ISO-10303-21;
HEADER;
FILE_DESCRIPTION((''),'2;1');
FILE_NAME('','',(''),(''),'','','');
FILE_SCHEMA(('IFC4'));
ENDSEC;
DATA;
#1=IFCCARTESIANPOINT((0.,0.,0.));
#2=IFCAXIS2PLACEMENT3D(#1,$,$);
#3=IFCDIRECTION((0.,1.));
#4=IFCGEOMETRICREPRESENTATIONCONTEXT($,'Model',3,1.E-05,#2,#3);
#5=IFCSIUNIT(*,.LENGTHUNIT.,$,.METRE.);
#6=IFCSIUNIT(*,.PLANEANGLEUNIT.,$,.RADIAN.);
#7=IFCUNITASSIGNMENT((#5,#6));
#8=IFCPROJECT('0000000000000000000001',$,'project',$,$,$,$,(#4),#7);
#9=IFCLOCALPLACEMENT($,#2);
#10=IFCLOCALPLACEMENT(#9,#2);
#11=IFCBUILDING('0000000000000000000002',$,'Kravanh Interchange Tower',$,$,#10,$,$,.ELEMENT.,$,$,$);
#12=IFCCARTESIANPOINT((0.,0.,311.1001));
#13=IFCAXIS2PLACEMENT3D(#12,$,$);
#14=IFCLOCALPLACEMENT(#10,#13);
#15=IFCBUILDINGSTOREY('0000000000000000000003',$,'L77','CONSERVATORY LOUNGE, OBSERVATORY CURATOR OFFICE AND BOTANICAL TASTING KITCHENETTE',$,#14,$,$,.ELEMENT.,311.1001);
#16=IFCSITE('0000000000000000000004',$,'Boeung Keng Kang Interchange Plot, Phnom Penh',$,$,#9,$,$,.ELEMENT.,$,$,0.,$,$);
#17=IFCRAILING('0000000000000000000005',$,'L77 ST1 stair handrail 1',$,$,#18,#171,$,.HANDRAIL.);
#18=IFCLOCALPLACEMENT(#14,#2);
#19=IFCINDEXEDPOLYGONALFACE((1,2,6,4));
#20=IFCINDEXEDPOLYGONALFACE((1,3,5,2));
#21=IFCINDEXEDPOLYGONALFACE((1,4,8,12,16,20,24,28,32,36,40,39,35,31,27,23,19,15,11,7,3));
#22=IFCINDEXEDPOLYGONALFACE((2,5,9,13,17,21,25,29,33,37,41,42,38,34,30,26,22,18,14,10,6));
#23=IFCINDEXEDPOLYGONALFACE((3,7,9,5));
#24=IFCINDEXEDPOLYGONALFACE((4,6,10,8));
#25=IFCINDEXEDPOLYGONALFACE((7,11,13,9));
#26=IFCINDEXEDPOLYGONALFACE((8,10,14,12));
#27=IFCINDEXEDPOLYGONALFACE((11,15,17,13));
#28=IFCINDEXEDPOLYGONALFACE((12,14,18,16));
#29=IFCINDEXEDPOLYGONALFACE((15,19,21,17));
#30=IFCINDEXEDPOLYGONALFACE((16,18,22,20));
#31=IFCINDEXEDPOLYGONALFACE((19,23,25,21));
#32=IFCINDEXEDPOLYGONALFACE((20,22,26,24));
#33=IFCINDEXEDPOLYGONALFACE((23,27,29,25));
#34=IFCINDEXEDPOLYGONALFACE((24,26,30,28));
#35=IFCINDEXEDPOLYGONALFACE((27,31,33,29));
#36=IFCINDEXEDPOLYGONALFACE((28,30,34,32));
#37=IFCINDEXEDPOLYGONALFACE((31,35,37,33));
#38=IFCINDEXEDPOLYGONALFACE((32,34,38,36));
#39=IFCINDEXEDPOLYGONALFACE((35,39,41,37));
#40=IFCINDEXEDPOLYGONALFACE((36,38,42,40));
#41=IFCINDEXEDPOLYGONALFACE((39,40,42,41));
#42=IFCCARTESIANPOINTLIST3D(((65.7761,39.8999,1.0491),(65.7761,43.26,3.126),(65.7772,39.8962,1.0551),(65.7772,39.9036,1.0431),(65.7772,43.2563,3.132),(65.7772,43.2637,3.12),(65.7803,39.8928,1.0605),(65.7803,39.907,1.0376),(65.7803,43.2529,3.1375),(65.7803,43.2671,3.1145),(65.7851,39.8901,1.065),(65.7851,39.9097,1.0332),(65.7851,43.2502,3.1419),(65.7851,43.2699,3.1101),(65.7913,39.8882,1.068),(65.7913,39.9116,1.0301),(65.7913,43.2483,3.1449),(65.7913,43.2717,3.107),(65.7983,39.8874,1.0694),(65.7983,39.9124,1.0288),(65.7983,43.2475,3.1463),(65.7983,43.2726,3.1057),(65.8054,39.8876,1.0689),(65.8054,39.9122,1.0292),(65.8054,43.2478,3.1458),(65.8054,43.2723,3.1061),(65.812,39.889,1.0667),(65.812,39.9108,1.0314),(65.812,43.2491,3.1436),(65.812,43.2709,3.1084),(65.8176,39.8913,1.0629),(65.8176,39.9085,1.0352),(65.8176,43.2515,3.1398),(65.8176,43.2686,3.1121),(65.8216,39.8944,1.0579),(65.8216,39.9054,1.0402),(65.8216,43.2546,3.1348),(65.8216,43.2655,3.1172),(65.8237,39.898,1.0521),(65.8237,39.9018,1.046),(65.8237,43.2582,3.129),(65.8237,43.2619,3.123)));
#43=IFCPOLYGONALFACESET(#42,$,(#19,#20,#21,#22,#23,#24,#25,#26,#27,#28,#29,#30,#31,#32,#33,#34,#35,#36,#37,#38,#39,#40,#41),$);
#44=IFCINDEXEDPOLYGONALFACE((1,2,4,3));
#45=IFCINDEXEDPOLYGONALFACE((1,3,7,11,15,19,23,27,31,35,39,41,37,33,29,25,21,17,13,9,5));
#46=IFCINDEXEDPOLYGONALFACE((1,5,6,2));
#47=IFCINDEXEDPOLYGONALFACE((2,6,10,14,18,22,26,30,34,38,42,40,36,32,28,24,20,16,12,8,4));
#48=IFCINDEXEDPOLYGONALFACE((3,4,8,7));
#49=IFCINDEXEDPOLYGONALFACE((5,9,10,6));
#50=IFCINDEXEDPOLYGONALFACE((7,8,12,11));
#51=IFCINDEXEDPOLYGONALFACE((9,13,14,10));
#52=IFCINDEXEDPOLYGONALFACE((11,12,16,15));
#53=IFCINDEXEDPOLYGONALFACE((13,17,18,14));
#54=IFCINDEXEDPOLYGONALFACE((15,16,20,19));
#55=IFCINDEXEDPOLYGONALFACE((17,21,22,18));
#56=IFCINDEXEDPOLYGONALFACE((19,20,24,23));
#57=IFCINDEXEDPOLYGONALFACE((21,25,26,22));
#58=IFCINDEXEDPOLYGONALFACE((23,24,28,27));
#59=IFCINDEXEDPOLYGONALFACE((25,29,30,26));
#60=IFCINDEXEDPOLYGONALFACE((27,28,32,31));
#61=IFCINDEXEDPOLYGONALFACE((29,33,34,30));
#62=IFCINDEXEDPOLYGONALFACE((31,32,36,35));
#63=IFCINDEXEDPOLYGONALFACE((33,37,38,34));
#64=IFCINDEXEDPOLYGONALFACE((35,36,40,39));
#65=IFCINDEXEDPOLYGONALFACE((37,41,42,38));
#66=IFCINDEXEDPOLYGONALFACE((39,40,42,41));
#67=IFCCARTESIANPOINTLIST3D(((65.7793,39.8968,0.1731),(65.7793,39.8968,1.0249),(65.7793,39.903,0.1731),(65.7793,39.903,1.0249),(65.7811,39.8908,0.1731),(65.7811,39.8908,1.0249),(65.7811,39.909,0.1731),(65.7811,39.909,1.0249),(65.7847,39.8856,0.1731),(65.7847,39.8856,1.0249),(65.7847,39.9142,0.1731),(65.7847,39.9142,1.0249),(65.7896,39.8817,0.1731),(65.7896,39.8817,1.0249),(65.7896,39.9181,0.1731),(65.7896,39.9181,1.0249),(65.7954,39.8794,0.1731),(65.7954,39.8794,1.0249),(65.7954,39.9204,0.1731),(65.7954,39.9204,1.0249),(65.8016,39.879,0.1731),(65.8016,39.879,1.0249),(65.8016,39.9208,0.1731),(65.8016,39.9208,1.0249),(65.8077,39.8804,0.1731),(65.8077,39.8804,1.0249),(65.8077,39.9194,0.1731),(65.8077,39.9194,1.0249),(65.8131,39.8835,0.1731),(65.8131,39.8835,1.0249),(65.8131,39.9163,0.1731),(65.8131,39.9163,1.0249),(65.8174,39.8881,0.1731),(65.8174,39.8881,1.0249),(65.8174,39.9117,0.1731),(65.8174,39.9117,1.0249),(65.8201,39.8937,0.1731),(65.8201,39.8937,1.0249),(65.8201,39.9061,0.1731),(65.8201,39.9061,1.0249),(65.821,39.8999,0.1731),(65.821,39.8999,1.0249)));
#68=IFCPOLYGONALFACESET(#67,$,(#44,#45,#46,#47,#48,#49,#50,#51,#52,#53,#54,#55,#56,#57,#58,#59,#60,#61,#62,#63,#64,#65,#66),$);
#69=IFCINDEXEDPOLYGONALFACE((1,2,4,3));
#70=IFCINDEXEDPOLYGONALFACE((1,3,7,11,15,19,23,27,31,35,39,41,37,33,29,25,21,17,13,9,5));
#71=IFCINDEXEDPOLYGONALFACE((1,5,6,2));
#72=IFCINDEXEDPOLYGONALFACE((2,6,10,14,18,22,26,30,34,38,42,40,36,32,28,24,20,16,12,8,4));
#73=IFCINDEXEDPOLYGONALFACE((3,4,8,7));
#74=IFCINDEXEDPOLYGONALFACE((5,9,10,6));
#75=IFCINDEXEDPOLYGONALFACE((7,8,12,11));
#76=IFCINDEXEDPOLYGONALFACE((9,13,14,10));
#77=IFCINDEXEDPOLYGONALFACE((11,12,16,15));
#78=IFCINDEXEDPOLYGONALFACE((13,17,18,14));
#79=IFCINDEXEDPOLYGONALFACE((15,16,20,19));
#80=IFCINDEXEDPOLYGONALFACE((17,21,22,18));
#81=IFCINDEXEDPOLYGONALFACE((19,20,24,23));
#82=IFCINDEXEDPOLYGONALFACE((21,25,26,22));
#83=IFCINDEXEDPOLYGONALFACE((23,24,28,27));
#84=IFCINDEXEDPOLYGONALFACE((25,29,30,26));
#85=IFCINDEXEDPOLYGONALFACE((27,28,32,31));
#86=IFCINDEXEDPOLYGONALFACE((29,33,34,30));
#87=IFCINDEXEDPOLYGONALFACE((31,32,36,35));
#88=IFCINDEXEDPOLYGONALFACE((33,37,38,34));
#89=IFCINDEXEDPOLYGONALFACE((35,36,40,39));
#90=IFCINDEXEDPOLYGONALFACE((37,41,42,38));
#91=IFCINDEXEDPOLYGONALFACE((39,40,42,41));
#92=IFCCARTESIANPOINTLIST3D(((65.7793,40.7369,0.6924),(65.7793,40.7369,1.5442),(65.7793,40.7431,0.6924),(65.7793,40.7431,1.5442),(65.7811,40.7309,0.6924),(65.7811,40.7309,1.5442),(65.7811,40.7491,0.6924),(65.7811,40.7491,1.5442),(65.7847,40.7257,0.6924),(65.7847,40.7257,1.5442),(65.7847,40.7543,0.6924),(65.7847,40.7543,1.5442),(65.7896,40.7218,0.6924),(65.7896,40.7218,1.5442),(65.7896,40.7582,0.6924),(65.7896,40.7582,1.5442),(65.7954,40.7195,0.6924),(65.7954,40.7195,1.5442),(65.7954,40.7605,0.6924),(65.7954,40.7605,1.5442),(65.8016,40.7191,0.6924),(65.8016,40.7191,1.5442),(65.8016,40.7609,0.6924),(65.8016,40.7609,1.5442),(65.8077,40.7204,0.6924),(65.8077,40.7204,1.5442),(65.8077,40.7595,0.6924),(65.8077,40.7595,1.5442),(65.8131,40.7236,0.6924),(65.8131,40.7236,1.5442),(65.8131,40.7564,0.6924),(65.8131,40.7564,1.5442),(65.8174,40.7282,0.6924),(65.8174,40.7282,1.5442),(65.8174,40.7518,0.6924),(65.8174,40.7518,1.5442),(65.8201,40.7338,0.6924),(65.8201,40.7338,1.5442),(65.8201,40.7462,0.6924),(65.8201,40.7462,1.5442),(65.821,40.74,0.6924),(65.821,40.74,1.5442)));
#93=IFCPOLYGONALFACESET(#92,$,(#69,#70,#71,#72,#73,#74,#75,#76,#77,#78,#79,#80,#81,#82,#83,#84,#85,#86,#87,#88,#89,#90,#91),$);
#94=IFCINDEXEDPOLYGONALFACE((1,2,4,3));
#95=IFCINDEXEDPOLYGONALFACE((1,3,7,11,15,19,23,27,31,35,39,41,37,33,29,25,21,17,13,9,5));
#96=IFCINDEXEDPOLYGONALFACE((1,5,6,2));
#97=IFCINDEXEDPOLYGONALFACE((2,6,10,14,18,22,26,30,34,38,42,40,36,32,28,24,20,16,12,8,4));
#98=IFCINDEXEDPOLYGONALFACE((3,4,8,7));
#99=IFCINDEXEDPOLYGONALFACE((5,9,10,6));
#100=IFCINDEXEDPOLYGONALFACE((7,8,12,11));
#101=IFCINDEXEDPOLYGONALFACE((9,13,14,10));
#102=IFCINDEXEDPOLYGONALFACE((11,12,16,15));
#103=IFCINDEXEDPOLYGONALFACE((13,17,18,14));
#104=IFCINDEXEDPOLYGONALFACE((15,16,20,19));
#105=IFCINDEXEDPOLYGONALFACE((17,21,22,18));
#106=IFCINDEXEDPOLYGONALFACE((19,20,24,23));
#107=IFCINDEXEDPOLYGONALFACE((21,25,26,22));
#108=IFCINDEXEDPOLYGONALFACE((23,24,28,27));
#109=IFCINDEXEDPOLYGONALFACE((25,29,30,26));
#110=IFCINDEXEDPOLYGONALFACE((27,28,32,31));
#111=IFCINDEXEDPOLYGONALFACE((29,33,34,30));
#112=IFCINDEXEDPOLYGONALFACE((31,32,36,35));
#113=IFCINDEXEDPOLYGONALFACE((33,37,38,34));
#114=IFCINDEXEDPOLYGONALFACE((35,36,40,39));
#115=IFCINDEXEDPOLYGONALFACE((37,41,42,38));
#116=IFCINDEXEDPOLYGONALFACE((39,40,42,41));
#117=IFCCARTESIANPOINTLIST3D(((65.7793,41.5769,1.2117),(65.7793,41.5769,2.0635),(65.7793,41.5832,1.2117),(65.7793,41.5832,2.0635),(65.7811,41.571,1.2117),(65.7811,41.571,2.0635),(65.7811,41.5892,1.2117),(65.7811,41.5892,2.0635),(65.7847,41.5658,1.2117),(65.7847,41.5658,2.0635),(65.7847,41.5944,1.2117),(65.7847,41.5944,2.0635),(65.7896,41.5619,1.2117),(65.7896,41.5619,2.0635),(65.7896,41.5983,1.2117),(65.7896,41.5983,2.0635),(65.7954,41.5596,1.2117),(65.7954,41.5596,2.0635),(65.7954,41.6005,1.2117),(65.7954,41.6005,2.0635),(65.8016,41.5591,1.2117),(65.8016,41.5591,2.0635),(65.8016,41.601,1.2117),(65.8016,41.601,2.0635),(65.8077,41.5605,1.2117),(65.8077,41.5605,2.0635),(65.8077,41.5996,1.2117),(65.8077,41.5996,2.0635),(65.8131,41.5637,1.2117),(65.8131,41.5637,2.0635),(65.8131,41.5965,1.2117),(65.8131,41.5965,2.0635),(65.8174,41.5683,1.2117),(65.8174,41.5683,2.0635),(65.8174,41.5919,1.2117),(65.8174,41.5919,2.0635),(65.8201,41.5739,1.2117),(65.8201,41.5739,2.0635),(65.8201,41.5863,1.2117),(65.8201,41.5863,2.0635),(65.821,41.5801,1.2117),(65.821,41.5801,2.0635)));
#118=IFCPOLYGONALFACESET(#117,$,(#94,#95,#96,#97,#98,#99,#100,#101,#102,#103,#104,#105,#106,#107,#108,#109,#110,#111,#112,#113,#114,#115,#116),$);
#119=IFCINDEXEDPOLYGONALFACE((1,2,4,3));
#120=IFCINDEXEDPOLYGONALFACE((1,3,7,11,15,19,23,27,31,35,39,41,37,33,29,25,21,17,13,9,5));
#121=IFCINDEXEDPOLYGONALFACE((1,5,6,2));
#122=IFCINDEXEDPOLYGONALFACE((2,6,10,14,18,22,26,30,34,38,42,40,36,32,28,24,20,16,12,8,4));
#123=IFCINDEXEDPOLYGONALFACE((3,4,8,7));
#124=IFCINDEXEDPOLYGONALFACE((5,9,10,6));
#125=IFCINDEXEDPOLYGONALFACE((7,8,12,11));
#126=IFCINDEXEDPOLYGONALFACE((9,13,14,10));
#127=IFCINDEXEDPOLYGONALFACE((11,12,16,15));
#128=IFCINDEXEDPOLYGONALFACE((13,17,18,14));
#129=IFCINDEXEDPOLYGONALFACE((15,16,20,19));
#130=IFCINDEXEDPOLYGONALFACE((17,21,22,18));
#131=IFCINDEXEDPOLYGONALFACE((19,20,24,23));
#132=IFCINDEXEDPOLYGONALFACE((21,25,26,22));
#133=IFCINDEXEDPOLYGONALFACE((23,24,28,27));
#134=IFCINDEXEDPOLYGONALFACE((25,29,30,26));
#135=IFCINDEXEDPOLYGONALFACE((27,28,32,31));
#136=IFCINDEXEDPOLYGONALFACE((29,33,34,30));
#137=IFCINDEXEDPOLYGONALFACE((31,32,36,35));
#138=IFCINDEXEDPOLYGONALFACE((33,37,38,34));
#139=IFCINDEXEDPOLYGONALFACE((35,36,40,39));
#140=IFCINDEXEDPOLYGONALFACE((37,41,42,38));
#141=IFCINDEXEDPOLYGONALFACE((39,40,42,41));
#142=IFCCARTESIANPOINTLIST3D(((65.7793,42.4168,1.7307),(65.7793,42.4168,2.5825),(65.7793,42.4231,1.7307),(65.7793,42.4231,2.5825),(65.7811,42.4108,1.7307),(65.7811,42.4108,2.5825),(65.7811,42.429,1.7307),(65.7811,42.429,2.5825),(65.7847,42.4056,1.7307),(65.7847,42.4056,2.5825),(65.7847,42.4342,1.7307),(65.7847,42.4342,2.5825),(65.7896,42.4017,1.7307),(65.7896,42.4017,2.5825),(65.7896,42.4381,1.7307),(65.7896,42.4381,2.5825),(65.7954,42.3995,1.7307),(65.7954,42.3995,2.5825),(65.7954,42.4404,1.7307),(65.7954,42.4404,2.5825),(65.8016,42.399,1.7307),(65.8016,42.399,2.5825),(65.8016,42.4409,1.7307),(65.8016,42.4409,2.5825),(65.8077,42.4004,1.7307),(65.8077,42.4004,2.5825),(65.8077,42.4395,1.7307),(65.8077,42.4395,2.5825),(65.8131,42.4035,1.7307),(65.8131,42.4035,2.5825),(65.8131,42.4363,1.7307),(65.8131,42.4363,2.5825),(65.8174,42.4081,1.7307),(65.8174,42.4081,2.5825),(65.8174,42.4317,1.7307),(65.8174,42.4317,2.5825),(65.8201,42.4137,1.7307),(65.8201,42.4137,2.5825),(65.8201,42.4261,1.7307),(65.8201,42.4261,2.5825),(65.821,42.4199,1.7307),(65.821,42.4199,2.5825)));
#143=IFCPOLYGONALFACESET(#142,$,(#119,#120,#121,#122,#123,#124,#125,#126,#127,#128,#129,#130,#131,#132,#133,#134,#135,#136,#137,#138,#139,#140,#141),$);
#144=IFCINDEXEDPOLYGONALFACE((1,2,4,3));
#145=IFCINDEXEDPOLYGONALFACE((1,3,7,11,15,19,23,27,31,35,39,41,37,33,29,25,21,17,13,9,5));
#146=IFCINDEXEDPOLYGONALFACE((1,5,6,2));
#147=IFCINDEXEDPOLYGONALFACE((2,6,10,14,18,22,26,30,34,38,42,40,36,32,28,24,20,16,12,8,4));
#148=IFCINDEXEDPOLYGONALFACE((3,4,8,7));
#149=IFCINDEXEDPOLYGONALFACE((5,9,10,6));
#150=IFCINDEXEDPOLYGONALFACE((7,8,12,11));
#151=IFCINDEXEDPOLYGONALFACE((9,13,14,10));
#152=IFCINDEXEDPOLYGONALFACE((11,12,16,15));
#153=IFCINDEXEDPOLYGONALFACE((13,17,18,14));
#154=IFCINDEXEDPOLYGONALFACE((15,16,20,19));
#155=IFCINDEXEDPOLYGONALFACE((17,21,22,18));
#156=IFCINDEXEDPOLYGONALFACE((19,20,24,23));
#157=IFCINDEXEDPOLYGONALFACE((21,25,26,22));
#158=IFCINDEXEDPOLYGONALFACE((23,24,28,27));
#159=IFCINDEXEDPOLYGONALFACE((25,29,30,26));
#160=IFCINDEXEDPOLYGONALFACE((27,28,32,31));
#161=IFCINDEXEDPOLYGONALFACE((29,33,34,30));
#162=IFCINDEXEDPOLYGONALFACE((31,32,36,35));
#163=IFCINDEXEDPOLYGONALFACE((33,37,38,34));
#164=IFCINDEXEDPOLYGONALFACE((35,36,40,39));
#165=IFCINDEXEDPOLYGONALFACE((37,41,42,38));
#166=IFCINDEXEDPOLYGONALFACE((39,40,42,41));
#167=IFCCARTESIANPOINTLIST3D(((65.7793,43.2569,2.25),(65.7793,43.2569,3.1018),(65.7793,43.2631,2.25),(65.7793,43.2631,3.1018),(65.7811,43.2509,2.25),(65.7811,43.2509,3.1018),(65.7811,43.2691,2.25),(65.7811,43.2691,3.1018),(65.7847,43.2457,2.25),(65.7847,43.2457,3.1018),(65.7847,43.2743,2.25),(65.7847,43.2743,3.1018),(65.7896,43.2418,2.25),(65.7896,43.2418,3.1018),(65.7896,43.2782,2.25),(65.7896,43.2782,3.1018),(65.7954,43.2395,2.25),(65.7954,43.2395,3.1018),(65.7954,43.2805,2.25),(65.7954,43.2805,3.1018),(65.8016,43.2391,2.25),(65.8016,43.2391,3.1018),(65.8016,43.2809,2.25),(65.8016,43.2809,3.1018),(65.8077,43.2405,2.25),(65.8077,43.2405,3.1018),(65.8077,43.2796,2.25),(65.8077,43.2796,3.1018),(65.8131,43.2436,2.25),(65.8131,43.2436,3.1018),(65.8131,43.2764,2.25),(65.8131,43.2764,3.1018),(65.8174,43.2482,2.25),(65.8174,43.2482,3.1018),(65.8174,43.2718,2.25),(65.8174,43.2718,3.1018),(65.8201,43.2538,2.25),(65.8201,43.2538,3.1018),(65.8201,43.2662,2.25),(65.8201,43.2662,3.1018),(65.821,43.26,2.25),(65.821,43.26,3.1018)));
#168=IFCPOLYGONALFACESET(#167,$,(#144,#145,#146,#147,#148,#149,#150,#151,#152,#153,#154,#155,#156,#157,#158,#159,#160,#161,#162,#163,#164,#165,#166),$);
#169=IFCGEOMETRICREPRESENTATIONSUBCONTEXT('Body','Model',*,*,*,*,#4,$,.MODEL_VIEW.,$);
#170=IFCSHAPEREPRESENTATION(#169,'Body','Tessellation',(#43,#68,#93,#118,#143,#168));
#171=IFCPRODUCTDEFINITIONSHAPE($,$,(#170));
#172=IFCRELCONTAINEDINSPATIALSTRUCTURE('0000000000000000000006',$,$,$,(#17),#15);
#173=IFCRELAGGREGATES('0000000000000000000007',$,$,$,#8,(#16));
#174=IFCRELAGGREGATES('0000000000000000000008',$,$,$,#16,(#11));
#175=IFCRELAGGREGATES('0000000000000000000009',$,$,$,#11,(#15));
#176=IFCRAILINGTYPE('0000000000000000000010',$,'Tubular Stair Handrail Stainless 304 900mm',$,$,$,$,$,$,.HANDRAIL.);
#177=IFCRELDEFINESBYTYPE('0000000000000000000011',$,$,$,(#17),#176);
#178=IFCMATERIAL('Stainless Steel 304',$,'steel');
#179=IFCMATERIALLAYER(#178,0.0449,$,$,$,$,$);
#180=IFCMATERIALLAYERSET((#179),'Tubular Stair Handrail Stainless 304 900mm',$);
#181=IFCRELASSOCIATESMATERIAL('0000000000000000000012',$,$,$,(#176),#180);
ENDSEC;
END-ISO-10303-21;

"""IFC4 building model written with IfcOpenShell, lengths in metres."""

from ifc_helpers import new_model, si_unit, direction, frame, origin, origin_2d, place, context, subcontext, project, spatial, circle, extrude, material, layer, layer_set, type_object, element, save


model = new_model("IFC4")

# Units and contexts
model_context = context("Model", 3, precision=1e-05, world=origin(), true_north=direction((0.0, 1.0)))
body_context = subcontext(model_context, "Body", "Model", "MODEL_VIEW")
ifc_project = project(units=[si_unit("LENGTHUNIT", "METRE"), si_unit("PLANEANGLEUNIT", "RADIAN")], contexts=[model_context])

# Site, building, storey
site_placement = place(None, origin())
site = spatial("IfcSite", under=ifc_project, at=site_placement, Name="Boeung Keng Kang Interchange Plot, Phnom Penh", CompositionType="ELEMENT", RefElevation=0.0)
building_placement = place(site_placement, origin())
building = spatial("IfcBuilding", under=site, at=building_placement, Name="Kravanh Interchange Tower", CompositionType="ELEMENT")
storey_placement = place(building_placement, frame((0.0, 0.0, 311.1001)))
storey = spatial("IfcBuildingStorey", under=building, at=storey_placement, Name="L77", Description="CONSERVATORY LOUNGE, OBSERVATORY CURATOR OFFICE AND BOTANICAL TASTING KITCHENETTE", CompositionType="ELEMENT", Elevation=311.1001)

# Railing
ifc_material_1 = material(Name="Stainless Steel 304", Category="steel")
ifc_layer_1 = layer(ifc_material_1, 0.0449)
ifc_layer_set_1 = layer_set([ifc_layer_1], Name="Tubular Stair Handrail Stainless 304 900mm")
railing_type_1 = type_object("IfcRailingType", Name="Tubular Stair Handrail Stainless 304 900mm", PredefinedType="HANDRAIL", material=ifc_layer_set_1)
railing_1_placement = place(storey_placement, frame((65.8, 39.8999, 0.1731)))
element("IfcRailing", 1, at=railing_1_placement, inside=storey, type_object=railing_type_1, Name="L77 ST1 stair handrail 1", PredefinedType="HANDRAIL", context=body_context, shape_type="SweptSolid", body=[
    extrude(circle(Radius=0.0239, at=origin_2d()), frame((0.0, 0.0, 0.876), z_axis=(0.0, 0.850623, 0.525776), x_axis=(-1.0, 0.0, 0.0)), (0.0, 0.0, 1.0), 3.9502),
    extrude(circle(Radius=0.021, at=origin_2d()), origin(), (0.0, 0.0, 1.0), 0.8518),
    extrude(circle(Radius=0.021, at=origin_2d()), frame((0.0, 0.8401, 0.5193)), (0.0, 0.0, 1.0), 0.8518),
    extrude(circle(Radius=0.021, at=origin_2d()), frame((0.0, 1.6802, 1.0386)), (0.0, 0.0, 1.0), 0.8518),
    extrude(circle(Radius=0.021, at=origin_2d()), frame((0.0, 2.52, 1.5576)), (0.0, 0.0, 1.0), 0.8518),
    extrude(circle(Radius=0.021, at=origin_2d()), frame((0.0, 3.3601, 2.0769)), (0.0, 0.0, 1.0), 0.8518),
])

save(model, "model.ifc")
